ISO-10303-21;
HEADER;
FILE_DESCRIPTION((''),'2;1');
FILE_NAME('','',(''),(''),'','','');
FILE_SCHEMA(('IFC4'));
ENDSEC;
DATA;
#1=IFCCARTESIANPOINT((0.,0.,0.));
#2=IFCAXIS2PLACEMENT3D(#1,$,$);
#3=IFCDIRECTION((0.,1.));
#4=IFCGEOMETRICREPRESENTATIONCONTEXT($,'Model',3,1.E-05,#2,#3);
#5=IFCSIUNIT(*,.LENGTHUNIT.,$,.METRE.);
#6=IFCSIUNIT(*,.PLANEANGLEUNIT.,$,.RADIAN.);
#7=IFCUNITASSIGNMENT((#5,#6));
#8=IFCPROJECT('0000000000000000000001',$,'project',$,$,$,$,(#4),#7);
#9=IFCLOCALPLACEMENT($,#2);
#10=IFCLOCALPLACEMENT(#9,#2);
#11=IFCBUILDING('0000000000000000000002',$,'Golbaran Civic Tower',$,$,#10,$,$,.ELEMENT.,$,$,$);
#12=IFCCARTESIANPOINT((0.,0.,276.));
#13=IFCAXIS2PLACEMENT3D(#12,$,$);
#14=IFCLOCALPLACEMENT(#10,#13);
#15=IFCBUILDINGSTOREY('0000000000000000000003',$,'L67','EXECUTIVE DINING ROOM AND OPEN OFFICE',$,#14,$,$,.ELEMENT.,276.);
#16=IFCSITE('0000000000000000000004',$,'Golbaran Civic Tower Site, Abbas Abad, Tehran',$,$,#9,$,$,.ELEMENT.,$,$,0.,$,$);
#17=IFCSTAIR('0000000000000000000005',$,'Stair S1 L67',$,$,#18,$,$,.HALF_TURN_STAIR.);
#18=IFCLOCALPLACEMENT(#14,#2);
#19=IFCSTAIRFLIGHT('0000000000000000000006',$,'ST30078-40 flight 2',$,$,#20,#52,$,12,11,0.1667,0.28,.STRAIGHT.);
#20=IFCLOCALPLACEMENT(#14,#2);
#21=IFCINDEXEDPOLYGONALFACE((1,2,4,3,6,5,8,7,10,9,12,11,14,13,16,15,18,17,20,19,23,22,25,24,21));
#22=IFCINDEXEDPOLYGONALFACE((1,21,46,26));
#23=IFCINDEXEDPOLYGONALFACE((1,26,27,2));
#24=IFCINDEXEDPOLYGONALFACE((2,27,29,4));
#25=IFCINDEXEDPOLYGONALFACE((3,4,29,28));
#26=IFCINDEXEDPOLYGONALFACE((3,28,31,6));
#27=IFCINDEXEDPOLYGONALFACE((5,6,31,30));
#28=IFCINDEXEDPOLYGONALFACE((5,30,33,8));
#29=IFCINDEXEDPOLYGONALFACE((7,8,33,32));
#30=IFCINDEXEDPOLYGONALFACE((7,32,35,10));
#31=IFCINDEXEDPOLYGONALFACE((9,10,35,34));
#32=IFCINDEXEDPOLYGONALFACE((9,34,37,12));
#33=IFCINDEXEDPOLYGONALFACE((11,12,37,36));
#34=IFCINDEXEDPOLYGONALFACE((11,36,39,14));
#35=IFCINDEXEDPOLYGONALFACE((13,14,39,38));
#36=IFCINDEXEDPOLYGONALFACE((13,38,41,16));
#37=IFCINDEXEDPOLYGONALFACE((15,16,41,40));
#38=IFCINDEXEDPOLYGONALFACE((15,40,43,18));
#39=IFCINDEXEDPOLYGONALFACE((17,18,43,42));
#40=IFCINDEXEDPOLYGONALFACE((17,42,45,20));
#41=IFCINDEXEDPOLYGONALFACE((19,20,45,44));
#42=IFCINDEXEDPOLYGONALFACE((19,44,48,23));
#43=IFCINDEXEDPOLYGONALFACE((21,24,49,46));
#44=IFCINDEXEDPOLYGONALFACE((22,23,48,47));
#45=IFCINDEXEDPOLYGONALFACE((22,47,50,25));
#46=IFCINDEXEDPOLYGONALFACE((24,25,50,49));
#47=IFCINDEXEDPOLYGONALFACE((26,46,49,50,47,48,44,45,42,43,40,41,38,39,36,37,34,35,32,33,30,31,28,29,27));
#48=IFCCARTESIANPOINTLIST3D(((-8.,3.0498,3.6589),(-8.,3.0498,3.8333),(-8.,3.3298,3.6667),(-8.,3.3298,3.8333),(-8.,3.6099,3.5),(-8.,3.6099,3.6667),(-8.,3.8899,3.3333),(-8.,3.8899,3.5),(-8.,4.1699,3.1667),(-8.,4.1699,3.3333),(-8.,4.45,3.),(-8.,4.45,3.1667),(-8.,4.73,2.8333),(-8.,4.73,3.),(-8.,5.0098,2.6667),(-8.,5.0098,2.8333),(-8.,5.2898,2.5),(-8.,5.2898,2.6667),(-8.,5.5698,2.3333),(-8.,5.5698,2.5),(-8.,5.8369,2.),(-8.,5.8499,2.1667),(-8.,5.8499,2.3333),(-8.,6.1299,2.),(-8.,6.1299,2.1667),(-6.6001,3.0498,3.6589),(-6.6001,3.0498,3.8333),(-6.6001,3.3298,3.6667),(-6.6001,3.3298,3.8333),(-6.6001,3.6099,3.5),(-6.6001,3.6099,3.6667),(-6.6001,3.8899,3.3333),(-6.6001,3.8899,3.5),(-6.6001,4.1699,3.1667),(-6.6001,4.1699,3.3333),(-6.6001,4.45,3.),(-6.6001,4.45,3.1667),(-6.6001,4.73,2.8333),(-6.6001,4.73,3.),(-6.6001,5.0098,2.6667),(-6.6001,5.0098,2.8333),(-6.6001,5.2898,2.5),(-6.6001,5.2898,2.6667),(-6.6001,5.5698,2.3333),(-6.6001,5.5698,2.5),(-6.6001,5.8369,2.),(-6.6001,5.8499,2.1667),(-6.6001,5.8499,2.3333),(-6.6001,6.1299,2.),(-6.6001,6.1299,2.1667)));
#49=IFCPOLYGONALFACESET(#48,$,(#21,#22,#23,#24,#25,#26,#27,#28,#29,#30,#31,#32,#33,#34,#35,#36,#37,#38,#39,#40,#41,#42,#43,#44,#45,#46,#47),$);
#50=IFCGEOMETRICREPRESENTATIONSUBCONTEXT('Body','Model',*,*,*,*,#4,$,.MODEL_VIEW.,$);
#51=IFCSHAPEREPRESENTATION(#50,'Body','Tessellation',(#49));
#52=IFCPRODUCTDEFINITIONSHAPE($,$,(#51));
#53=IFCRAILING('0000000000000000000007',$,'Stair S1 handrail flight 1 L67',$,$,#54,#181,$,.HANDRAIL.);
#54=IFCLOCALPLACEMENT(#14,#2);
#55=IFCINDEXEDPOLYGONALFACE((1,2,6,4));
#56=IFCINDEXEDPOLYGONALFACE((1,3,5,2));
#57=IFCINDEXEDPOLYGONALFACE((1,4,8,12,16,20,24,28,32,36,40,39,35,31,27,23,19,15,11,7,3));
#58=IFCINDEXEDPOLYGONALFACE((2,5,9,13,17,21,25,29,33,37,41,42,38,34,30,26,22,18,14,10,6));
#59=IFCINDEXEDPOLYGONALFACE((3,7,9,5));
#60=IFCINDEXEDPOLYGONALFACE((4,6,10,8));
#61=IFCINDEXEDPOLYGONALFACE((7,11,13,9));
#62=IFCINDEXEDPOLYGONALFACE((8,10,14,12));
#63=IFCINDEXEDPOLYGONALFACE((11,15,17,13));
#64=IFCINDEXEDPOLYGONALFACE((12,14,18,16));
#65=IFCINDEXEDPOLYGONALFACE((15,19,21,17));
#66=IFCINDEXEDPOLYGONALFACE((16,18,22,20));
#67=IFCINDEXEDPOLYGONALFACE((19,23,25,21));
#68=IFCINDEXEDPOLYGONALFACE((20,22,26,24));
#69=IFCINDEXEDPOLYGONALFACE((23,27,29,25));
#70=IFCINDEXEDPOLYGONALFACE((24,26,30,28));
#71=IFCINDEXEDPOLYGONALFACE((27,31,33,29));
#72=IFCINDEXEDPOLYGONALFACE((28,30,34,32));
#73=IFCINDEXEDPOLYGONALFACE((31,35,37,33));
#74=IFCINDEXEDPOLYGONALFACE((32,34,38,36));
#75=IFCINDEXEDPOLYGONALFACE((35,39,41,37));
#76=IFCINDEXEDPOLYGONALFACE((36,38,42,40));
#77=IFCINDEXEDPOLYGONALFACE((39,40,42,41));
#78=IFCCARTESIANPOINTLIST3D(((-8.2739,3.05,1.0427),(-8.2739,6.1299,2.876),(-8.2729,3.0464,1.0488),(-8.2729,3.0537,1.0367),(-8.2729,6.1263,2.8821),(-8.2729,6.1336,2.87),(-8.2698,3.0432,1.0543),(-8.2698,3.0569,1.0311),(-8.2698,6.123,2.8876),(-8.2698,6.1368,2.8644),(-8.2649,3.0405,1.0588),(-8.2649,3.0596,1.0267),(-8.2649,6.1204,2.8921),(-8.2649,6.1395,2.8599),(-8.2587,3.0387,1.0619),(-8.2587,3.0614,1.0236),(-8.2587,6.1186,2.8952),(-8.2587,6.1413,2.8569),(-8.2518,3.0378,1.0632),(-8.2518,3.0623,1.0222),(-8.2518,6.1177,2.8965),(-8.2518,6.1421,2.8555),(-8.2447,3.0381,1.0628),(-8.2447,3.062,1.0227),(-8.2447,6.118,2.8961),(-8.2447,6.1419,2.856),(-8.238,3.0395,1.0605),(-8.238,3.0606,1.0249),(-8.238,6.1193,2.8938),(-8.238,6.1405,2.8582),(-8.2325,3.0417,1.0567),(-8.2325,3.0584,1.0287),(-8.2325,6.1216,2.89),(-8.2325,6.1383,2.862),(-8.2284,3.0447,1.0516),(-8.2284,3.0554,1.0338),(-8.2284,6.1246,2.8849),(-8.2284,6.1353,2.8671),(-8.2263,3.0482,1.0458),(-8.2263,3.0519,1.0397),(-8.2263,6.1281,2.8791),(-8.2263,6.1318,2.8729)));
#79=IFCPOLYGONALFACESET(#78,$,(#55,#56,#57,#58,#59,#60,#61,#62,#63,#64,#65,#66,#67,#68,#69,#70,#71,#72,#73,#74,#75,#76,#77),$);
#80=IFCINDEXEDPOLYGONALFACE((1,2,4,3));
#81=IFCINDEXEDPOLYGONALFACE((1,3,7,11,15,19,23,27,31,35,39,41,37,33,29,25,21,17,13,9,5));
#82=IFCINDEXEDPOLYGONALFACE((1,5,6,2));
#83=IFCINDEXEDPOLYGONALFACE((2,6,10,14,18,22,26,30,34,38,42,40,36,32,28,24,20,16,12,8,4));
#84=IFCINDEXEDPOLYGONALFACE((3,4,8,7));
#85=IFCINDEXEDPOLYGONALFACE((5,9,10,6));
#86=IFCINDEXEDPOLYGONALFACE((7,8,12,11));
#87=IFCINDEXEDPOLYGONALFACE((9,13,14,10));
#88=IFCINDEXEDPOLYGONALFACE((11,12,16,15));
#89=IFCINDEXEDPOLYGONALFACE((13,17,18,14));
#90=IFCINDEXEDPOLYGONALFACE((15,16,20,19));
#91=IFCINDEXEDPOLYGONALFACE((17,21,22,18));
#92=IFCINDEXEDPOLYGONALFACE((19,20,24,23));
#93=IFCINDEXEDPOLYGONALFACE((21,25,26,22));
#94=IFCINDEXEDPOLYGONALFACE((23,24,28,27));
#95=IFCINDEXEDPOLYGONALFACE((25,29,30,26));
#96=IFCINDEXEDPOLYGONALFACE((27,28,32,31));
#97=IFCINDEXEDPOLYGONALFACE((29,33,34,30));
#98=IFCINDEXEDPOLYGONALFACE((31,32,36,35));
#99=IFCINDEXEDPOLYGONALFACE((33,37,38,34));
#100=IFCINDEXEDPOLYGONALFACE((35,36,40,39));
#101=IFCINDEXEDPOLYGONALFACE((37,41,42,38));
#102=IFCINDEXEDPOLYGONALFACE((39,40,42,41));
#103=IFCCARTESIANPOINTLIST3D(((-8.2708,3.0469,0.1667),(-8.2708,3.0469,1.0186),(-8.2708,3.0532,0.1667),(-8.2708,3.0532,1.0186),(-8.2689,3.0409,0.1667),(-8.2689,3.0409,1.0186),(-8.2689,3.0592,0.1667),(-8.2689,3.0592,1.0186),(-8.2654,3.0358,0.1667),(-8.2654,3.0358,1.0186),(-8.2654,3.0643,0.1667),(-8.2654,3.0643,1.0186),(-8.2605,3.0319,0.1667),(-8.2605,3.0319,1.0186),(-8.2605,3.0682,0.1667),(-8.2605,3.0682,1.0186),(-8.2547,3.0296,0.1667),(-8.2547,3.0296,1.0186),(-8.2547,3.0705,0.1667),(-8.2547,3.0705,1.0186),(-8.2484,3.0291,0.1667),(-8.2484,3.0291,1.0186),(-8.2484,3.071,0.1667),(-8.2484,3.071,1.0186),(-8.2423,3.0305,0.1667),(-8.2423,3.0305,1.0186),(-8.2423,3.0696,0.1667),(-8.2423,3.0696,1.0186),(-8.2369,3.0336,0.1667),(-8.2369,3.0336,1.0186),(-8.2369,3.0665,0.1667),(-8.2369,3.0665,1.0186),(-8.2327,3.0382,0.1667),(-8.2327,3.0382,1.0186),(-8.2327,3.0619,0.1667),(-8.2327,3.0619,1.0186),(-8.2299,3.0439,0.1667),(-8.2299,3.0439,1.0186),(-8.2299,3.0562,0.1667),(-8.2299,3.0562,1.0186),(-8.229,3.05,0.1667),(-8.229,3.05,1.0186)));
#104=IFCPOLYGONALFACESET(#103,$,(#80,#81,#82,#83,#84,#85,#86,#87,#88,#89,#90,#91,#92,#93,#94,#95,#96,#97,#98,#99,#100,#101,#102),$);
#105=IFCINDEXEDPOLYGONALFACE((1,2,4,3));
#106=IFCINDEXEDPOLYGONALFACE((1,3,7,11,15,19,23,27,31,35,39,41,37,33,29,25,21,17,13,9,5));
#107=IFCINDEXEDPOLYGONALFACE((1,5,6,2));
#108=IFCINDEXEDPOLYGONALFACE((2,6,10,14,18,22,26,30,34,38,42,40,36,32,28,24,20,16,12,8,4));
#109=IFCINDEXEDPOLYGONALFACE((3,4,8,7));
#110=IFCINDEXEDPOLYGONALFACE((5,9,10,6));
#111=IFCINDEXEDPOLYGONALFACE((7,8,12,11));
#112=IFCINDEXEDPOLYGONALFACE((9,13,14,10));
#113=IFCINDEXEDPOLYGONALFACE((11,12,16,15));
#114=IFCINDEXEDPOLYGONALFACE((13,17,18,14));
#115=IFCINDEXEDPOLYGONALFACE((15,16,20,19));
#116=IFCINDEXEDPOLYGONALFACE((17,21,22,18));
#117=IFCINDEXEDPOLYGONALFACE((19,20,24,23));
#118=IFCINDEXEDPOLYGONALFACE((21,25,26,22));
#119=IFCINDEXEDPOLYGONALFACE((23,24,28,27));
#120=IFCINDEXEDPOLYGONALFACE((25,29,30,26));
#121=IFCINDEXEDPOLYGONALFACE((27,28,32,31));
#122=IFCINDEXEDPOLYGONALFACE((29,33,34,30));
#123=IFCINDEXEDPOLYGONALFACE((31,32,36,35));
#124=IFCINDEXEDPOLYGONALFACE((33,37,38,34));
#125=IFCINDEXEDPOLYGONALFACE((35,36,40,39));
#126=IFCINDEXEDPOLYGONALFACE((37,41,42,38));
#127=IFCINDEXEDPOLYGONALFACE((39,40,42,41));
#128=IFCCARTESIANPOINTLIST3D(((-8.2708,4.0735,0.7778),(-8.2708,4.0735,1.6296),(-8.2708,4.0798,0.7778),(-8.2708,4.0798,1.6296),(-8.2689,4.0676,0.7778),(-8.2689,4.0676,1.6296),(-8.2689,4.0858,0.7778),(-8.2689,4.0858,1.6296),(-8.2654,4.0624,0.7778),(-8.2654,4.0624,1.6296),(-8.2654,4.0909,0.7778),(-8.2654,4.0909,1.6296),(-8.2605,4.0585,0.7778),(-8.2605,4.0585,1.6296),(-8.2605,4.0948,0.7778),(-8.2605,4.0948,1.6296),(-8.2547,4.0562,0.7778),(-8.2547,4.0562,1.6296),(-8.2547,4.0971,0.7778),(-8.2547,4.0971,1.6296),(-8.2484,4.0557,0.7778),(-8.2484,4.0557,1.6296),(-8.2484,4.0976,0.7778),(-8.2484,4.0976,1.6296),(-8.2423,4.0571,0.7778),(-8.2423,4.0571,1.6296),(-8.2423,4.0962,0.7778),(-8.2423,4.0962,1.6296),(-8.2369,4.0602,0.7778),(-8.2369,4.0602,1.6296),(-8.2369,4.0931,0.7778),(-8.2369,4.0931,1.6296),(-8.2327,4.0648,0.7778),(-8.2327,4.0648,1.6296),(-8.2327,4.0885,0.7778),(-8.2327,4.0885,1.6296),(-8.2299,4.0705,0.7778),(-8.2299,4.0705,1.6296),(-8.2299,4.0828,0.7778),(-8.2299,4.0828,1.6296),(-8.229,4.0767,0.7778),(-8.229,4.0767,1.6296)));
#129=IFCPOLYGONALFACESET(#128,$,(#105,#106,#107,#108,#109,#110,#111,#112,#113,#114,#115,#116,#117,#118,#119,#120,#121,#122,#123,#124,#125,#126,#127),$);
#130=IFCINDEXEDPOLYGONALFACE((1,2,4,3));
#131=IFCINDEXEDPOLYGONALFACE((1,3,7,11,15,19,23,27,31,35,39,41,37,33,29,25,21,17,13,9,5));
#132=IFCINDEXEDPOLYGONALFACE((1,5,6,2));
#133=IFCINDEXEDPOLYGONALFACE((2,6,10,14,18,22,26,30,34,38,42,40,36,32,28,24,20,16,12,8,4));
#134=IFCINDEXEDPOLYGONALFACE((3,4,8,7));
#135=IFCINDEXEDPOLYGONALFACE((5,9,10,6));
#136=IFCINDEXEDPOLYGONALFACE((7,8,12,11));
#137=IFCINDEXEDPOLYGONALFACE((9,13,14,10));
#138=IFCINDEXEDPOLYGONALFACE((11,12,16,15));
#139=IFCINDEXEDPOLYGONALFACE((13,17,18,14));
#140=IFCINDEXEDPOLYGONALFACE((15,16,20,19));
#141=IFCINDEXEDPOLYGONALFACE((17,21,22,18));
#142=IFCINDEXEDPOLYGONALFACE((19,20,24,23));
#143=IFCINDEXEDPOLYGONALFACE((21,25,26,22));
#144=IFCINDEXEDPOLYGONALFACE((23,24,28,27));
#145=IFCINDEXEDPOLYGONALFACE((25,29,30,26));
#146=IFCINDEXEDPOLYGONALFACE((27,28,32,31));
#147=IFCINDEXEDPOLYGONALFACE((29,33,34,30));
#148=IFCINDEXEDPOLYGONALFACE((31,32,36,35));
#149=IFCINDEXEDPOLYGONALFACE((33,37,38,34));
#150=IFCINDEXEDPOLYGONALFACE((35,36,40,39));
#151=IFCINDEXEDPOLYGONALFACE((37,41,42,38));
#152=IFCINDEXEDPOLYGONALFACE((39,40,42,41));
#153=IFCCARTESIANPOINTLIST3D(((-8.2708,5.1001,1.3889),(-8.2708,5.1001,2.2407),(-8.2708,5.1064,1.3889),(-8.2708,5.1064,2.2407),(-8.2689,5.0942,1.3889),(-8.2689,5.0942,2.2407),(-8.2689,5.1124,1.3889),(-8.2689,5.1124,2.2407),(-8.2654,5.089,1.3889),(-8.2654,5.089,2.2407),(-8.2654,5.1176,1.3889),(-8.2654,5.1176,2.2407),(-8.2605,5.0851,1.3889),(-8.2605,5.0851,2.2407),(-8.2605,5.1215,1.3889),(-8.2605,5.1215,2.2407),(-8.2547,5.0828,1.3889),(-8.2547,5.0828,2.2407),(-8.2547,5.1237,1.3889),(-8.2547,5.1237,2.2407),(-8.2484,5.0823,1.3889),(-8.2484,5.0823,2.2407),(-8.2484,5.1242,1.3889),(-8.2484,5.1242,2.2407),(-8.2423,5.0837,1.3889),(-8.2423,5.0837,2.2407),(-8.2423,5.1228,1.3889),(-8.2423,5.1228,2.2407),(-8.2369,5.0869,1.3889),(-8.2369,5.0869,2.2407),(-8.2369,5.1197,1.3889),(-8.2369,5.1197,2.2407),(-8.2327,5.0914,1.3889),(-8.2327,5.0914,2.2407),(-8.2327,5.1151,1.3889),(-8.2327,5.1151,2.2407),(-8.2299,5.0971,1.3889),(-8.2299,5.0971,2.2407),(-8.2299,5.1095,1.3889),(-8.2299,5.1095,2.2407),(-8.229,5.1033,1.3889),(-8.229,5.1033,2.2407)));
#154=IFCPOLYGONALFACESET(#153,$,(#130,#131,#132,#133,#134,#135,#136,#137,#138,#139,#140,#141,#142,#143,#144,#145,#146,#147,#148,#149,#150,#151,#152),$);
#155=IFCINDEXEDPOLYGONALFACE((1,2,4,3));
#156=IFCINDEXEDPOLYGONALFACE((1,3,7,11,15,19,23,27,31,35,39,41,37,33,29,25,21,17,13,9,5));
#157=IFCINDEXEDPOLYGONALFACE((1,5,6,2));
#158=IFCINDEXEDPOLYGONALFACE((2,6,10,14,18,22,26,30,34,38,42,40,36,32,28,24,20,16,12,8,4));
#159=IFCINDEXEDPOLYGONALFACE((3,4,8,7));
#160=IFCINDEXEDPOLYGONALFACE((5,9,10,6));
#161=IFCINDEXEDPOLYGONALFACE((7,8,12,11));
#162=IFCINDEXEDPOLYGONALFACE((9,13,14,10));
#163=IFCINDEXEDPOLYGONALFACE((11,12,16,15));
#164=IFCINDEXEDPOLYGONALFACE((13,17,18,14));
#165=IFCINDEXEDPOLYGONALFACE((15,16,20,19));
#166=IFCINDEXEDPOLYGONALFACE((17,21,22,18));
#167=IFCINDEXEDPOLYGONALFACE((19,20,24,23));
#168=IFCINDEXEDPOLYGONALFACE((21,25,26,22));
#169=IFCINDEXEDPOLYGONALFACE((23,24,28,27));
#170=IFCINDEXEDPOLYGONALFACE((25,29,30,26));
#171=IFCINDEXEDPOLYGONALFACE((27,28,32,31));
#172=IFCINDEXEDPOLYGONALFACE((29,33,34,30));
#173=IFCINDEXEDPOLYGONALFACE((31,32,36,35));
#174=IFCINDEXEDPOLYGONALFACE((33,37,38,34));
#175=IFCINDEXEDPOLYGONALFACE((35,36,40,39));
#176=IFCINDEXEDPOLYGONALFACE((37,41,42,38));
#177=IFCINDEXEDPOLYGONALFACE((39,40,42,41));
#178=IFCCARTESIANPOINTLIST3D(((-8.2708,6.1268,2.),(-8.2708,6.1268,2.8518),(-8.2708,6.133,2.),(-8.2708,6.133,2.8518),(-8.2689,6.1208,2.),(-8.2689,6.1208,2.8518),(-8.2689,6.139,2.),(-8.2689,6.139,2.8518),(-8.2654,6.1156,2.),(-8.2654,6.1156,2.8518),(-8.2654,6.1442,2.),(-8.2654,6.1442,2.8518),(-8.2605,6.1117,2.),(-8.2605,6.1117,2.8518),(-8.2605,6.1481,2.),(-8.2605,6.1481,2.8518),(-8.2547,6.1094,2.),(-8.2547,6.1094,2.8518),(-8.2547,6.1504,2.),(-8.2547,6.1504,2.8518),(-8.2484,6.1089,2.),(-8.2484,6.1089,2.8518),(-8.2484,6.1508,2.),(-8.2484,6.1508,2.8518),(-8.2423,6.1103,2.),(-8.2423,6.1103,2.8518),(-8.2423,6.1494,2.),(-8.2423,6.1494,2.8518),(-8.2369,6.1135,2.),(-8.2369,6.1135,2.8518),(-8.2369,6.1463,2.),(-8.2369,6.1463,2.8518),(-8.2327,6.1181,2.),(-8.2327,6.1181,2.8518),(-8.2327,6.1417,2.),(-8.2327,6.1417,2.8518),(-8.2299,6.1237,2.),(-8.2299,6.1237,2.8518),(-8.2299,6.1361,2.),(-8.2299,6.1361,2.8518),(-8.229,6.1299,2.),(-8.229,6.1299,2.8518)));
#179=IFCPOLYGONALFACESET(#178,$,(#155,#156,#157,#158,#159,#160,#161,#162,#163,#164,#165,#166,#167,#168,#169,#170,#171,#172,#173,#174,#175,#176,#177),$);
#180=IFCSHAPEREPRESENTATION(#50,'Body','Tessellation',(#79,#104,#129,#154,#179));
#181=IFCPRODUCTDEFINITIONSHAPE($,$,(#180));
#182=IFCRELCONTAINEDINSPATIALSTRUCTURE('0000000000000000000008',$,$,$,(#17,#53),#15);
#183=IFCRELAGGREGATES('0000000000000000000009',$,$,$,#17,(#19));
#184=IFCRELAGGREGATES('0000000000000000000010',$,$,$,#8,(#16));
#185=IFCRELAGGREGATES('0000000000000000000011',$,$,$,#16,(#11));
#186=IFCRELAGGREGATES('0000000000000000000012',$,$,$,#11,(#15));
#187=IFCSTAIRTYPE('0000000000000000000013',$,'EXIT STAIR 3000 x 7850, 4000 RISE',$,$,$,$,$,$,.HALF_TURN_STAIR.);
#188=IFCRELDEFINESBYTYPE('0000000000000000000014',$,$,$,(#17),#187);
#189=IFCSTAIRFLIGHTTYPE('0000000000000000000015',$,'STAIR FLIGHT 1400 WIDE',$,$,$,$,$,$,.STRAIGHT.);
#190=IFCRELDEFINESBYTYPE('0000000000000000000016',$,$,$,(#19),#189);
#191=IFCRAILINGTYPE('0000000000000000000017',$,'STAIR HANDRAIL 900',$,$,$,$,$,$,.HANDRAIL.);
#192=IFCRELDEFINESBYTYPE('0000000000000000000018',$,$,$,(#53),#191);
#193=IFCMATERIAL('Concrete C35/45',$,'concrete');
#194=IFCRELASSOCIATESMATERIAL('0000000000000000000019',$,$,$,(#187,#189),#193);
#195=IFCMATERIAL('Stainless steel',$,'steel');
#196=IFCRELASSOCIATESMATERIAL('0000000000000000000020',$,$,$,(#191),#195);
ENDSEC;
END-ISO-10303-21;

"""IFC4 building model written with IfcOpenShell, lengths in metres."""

from ifc_helpers import new_model, si_unit, direction, frame, origin, origin_2d, place, context, subcontext, project, spatial, polyline, circle, outline, extrude, material, type_object, element, aggregate, save


model = new_model("IFC4")

# Units and contexts
model_context = context("Model", 3, precision=1e-05, world=origin(), true_north=direction((0.0, 1.0)))
body_context = subcontext(model_context, "Body", "Model", "MODEL_VIEW")
ifc_project = project(units=[si_unit("LENGTHUNIT", "METRE"), si_unit("PLANEANGLEUNIT", "RADIAN")], contexts=[model_context])

# Site, building, storey
site_placement = place(None, origin())
site = spatial("IfcSite", under=ifc_project, at=site_placement, Name="Golbaran Civic Tower Site, Abbas Abad, Tehran", CompositionType="ELEMENT", RefElevation=0.0)
building_placement = place(site_placement, origin())
building = spatial("IfcBuilding", under=site, at=building_placement, Name="Golbaran Civic Tower", CompositionType="ELEMENT")
storey_placement = place(building_placement, frame((0.0, 0.0, 276.0)))
storey = spatial("IfcBuildingStorey", under=building, at=storey_placement, Name="L67", Description="EXECUTIVE DINING ROOM AND OPEN OFFICE", CompositionType="ELEMENT", Elevation=276.0)

# Shared definitions
ifc_material_1 = material(Name="Concrete C35/45", Category="concrete")

# Stair
stair_type = type_object("IfcStairType", Name="EXIT STAIR 3000 x 7850, 4000 RISE", PredefinedType="HALF_TURN_STAIR", material=ifc_material_1)
stair_placement = place(storey_placement, origin())
stair = element("IfcStair", 1, at=stair_placement, inside=storey, type_object=stair_type, Name="Stair S1 L67", PredefinedType="HALF_TURN_STAIR")

# Shared definitions
ifc_material_2 = material(Name="Stainless steel", Category="steel")

# Stair flight
stair_flight_type = type_object("IfcStairFlightType", Name="STAIR FLIGHT 1400 WIDE", PredefinedType="STRAIGHT", material=ifc_material_1)
stair_flight_1_placement = place(storey_placement, frame((-7.3, 6.1299, 2.0), z_axis=(0.0, 0.0, 1.0), x_axis=(0.0, -1.0, 0.0)))
stair_flight_1 = element("IfcStairFlight", 2, at=stair_flight_1_placement, type_object=stair_flight_type, Name="ST30078-40 flight 2", NumberOfRisers=12, NumberOfTreads=11, PredefinedType="STRAIGHT", RiserHeight=0.1667, TreadLength=0.28, context=body_context, shape_type="SweptSolid", body=[
    extrude(outline(polyline([(0.0, 0.0), (0.0, 0.1667), (0.28, 0.1667), (0.28, 0.3333), (0.5601, 0.3333), (0.5601, 0.5), (0.8401, 0.5), (0.8401, 0.6667), (1.1201, 0.6667), (1.1201, 0.8333), (1.3999, 0.8333), (1.3999, 1.0), (1.6799, 1.0), (1.6799, 1.1667), (1.96, 1.1667), (1.96, 1.3333), (2.24, 1.3333), (2.24, 1.5), (2.52, 1.5), (2.52, 1.6667), (2.8, 1.6667), (2.8, 1.8333), (3.0801, 1.8333), (3.0801, 2.0), (3.0801, 1.6589), (0.293, 0.0), (0.0, 0.0)])), frame((0.0, 0.7, 0.0), z_axis=(0.0, -1.0, 0.0), x_axis=(1.0, 0.0, 0.0)), (0.0, 0.0, 1.0), 1.3999),
])
aggregate(stair, [stair_flight_1])

# Railing
railing_type = type_object("IfcRailingType", Name="STAIR HANDRAIL 900", PredefinedType="HANDRAIL", material=ifc_material_2)
railing_1_placement = place(storey_placement, frame((-8.25, 3.05, 0.1667)))
element("IfcRailing", 3, at=railing_1_placement, inside=storey, type_object=railing_type, Name="Stair S1 handrail flight 1 L67", PredefinedType="HANDRAIL", context=body_context, shape_type="SweptSolid", body=[
    extrude(circle(Radius=0.0239, at=origin_2d()), frame((0.0, 0.0, 0.876), z_axis=(0.0, 0.859291, 0.511487), x_axis=(-1.0, 0.0, 0.0)), (0.0, 0.0, 1.0), 3.5842),
    extrude(circle(Radius=0.021, at=origin_2d()), origin(), (0.0, 0.0, 1.0), 0.8518),
    extrude(circle(Radius=0.021, at=origin_2d()), frame((0.0, 1.0266, 0.6111)), (0.0, 0.0, 1.0), 0.8518),
    extrude(circle(Radius=0.021, at=origin_2d()), frame((0.0, 2.0532, 1.2222)), (0.0, 0.0, 1.0), 0.8518),
    extrude(circle(Radius=0.021, at=origin_2d()), frame((0.0, 3.0798, 1.8333)), (0.0, 0.0, 1.0), 0.8518),
])

save(model, "model.ifc")
